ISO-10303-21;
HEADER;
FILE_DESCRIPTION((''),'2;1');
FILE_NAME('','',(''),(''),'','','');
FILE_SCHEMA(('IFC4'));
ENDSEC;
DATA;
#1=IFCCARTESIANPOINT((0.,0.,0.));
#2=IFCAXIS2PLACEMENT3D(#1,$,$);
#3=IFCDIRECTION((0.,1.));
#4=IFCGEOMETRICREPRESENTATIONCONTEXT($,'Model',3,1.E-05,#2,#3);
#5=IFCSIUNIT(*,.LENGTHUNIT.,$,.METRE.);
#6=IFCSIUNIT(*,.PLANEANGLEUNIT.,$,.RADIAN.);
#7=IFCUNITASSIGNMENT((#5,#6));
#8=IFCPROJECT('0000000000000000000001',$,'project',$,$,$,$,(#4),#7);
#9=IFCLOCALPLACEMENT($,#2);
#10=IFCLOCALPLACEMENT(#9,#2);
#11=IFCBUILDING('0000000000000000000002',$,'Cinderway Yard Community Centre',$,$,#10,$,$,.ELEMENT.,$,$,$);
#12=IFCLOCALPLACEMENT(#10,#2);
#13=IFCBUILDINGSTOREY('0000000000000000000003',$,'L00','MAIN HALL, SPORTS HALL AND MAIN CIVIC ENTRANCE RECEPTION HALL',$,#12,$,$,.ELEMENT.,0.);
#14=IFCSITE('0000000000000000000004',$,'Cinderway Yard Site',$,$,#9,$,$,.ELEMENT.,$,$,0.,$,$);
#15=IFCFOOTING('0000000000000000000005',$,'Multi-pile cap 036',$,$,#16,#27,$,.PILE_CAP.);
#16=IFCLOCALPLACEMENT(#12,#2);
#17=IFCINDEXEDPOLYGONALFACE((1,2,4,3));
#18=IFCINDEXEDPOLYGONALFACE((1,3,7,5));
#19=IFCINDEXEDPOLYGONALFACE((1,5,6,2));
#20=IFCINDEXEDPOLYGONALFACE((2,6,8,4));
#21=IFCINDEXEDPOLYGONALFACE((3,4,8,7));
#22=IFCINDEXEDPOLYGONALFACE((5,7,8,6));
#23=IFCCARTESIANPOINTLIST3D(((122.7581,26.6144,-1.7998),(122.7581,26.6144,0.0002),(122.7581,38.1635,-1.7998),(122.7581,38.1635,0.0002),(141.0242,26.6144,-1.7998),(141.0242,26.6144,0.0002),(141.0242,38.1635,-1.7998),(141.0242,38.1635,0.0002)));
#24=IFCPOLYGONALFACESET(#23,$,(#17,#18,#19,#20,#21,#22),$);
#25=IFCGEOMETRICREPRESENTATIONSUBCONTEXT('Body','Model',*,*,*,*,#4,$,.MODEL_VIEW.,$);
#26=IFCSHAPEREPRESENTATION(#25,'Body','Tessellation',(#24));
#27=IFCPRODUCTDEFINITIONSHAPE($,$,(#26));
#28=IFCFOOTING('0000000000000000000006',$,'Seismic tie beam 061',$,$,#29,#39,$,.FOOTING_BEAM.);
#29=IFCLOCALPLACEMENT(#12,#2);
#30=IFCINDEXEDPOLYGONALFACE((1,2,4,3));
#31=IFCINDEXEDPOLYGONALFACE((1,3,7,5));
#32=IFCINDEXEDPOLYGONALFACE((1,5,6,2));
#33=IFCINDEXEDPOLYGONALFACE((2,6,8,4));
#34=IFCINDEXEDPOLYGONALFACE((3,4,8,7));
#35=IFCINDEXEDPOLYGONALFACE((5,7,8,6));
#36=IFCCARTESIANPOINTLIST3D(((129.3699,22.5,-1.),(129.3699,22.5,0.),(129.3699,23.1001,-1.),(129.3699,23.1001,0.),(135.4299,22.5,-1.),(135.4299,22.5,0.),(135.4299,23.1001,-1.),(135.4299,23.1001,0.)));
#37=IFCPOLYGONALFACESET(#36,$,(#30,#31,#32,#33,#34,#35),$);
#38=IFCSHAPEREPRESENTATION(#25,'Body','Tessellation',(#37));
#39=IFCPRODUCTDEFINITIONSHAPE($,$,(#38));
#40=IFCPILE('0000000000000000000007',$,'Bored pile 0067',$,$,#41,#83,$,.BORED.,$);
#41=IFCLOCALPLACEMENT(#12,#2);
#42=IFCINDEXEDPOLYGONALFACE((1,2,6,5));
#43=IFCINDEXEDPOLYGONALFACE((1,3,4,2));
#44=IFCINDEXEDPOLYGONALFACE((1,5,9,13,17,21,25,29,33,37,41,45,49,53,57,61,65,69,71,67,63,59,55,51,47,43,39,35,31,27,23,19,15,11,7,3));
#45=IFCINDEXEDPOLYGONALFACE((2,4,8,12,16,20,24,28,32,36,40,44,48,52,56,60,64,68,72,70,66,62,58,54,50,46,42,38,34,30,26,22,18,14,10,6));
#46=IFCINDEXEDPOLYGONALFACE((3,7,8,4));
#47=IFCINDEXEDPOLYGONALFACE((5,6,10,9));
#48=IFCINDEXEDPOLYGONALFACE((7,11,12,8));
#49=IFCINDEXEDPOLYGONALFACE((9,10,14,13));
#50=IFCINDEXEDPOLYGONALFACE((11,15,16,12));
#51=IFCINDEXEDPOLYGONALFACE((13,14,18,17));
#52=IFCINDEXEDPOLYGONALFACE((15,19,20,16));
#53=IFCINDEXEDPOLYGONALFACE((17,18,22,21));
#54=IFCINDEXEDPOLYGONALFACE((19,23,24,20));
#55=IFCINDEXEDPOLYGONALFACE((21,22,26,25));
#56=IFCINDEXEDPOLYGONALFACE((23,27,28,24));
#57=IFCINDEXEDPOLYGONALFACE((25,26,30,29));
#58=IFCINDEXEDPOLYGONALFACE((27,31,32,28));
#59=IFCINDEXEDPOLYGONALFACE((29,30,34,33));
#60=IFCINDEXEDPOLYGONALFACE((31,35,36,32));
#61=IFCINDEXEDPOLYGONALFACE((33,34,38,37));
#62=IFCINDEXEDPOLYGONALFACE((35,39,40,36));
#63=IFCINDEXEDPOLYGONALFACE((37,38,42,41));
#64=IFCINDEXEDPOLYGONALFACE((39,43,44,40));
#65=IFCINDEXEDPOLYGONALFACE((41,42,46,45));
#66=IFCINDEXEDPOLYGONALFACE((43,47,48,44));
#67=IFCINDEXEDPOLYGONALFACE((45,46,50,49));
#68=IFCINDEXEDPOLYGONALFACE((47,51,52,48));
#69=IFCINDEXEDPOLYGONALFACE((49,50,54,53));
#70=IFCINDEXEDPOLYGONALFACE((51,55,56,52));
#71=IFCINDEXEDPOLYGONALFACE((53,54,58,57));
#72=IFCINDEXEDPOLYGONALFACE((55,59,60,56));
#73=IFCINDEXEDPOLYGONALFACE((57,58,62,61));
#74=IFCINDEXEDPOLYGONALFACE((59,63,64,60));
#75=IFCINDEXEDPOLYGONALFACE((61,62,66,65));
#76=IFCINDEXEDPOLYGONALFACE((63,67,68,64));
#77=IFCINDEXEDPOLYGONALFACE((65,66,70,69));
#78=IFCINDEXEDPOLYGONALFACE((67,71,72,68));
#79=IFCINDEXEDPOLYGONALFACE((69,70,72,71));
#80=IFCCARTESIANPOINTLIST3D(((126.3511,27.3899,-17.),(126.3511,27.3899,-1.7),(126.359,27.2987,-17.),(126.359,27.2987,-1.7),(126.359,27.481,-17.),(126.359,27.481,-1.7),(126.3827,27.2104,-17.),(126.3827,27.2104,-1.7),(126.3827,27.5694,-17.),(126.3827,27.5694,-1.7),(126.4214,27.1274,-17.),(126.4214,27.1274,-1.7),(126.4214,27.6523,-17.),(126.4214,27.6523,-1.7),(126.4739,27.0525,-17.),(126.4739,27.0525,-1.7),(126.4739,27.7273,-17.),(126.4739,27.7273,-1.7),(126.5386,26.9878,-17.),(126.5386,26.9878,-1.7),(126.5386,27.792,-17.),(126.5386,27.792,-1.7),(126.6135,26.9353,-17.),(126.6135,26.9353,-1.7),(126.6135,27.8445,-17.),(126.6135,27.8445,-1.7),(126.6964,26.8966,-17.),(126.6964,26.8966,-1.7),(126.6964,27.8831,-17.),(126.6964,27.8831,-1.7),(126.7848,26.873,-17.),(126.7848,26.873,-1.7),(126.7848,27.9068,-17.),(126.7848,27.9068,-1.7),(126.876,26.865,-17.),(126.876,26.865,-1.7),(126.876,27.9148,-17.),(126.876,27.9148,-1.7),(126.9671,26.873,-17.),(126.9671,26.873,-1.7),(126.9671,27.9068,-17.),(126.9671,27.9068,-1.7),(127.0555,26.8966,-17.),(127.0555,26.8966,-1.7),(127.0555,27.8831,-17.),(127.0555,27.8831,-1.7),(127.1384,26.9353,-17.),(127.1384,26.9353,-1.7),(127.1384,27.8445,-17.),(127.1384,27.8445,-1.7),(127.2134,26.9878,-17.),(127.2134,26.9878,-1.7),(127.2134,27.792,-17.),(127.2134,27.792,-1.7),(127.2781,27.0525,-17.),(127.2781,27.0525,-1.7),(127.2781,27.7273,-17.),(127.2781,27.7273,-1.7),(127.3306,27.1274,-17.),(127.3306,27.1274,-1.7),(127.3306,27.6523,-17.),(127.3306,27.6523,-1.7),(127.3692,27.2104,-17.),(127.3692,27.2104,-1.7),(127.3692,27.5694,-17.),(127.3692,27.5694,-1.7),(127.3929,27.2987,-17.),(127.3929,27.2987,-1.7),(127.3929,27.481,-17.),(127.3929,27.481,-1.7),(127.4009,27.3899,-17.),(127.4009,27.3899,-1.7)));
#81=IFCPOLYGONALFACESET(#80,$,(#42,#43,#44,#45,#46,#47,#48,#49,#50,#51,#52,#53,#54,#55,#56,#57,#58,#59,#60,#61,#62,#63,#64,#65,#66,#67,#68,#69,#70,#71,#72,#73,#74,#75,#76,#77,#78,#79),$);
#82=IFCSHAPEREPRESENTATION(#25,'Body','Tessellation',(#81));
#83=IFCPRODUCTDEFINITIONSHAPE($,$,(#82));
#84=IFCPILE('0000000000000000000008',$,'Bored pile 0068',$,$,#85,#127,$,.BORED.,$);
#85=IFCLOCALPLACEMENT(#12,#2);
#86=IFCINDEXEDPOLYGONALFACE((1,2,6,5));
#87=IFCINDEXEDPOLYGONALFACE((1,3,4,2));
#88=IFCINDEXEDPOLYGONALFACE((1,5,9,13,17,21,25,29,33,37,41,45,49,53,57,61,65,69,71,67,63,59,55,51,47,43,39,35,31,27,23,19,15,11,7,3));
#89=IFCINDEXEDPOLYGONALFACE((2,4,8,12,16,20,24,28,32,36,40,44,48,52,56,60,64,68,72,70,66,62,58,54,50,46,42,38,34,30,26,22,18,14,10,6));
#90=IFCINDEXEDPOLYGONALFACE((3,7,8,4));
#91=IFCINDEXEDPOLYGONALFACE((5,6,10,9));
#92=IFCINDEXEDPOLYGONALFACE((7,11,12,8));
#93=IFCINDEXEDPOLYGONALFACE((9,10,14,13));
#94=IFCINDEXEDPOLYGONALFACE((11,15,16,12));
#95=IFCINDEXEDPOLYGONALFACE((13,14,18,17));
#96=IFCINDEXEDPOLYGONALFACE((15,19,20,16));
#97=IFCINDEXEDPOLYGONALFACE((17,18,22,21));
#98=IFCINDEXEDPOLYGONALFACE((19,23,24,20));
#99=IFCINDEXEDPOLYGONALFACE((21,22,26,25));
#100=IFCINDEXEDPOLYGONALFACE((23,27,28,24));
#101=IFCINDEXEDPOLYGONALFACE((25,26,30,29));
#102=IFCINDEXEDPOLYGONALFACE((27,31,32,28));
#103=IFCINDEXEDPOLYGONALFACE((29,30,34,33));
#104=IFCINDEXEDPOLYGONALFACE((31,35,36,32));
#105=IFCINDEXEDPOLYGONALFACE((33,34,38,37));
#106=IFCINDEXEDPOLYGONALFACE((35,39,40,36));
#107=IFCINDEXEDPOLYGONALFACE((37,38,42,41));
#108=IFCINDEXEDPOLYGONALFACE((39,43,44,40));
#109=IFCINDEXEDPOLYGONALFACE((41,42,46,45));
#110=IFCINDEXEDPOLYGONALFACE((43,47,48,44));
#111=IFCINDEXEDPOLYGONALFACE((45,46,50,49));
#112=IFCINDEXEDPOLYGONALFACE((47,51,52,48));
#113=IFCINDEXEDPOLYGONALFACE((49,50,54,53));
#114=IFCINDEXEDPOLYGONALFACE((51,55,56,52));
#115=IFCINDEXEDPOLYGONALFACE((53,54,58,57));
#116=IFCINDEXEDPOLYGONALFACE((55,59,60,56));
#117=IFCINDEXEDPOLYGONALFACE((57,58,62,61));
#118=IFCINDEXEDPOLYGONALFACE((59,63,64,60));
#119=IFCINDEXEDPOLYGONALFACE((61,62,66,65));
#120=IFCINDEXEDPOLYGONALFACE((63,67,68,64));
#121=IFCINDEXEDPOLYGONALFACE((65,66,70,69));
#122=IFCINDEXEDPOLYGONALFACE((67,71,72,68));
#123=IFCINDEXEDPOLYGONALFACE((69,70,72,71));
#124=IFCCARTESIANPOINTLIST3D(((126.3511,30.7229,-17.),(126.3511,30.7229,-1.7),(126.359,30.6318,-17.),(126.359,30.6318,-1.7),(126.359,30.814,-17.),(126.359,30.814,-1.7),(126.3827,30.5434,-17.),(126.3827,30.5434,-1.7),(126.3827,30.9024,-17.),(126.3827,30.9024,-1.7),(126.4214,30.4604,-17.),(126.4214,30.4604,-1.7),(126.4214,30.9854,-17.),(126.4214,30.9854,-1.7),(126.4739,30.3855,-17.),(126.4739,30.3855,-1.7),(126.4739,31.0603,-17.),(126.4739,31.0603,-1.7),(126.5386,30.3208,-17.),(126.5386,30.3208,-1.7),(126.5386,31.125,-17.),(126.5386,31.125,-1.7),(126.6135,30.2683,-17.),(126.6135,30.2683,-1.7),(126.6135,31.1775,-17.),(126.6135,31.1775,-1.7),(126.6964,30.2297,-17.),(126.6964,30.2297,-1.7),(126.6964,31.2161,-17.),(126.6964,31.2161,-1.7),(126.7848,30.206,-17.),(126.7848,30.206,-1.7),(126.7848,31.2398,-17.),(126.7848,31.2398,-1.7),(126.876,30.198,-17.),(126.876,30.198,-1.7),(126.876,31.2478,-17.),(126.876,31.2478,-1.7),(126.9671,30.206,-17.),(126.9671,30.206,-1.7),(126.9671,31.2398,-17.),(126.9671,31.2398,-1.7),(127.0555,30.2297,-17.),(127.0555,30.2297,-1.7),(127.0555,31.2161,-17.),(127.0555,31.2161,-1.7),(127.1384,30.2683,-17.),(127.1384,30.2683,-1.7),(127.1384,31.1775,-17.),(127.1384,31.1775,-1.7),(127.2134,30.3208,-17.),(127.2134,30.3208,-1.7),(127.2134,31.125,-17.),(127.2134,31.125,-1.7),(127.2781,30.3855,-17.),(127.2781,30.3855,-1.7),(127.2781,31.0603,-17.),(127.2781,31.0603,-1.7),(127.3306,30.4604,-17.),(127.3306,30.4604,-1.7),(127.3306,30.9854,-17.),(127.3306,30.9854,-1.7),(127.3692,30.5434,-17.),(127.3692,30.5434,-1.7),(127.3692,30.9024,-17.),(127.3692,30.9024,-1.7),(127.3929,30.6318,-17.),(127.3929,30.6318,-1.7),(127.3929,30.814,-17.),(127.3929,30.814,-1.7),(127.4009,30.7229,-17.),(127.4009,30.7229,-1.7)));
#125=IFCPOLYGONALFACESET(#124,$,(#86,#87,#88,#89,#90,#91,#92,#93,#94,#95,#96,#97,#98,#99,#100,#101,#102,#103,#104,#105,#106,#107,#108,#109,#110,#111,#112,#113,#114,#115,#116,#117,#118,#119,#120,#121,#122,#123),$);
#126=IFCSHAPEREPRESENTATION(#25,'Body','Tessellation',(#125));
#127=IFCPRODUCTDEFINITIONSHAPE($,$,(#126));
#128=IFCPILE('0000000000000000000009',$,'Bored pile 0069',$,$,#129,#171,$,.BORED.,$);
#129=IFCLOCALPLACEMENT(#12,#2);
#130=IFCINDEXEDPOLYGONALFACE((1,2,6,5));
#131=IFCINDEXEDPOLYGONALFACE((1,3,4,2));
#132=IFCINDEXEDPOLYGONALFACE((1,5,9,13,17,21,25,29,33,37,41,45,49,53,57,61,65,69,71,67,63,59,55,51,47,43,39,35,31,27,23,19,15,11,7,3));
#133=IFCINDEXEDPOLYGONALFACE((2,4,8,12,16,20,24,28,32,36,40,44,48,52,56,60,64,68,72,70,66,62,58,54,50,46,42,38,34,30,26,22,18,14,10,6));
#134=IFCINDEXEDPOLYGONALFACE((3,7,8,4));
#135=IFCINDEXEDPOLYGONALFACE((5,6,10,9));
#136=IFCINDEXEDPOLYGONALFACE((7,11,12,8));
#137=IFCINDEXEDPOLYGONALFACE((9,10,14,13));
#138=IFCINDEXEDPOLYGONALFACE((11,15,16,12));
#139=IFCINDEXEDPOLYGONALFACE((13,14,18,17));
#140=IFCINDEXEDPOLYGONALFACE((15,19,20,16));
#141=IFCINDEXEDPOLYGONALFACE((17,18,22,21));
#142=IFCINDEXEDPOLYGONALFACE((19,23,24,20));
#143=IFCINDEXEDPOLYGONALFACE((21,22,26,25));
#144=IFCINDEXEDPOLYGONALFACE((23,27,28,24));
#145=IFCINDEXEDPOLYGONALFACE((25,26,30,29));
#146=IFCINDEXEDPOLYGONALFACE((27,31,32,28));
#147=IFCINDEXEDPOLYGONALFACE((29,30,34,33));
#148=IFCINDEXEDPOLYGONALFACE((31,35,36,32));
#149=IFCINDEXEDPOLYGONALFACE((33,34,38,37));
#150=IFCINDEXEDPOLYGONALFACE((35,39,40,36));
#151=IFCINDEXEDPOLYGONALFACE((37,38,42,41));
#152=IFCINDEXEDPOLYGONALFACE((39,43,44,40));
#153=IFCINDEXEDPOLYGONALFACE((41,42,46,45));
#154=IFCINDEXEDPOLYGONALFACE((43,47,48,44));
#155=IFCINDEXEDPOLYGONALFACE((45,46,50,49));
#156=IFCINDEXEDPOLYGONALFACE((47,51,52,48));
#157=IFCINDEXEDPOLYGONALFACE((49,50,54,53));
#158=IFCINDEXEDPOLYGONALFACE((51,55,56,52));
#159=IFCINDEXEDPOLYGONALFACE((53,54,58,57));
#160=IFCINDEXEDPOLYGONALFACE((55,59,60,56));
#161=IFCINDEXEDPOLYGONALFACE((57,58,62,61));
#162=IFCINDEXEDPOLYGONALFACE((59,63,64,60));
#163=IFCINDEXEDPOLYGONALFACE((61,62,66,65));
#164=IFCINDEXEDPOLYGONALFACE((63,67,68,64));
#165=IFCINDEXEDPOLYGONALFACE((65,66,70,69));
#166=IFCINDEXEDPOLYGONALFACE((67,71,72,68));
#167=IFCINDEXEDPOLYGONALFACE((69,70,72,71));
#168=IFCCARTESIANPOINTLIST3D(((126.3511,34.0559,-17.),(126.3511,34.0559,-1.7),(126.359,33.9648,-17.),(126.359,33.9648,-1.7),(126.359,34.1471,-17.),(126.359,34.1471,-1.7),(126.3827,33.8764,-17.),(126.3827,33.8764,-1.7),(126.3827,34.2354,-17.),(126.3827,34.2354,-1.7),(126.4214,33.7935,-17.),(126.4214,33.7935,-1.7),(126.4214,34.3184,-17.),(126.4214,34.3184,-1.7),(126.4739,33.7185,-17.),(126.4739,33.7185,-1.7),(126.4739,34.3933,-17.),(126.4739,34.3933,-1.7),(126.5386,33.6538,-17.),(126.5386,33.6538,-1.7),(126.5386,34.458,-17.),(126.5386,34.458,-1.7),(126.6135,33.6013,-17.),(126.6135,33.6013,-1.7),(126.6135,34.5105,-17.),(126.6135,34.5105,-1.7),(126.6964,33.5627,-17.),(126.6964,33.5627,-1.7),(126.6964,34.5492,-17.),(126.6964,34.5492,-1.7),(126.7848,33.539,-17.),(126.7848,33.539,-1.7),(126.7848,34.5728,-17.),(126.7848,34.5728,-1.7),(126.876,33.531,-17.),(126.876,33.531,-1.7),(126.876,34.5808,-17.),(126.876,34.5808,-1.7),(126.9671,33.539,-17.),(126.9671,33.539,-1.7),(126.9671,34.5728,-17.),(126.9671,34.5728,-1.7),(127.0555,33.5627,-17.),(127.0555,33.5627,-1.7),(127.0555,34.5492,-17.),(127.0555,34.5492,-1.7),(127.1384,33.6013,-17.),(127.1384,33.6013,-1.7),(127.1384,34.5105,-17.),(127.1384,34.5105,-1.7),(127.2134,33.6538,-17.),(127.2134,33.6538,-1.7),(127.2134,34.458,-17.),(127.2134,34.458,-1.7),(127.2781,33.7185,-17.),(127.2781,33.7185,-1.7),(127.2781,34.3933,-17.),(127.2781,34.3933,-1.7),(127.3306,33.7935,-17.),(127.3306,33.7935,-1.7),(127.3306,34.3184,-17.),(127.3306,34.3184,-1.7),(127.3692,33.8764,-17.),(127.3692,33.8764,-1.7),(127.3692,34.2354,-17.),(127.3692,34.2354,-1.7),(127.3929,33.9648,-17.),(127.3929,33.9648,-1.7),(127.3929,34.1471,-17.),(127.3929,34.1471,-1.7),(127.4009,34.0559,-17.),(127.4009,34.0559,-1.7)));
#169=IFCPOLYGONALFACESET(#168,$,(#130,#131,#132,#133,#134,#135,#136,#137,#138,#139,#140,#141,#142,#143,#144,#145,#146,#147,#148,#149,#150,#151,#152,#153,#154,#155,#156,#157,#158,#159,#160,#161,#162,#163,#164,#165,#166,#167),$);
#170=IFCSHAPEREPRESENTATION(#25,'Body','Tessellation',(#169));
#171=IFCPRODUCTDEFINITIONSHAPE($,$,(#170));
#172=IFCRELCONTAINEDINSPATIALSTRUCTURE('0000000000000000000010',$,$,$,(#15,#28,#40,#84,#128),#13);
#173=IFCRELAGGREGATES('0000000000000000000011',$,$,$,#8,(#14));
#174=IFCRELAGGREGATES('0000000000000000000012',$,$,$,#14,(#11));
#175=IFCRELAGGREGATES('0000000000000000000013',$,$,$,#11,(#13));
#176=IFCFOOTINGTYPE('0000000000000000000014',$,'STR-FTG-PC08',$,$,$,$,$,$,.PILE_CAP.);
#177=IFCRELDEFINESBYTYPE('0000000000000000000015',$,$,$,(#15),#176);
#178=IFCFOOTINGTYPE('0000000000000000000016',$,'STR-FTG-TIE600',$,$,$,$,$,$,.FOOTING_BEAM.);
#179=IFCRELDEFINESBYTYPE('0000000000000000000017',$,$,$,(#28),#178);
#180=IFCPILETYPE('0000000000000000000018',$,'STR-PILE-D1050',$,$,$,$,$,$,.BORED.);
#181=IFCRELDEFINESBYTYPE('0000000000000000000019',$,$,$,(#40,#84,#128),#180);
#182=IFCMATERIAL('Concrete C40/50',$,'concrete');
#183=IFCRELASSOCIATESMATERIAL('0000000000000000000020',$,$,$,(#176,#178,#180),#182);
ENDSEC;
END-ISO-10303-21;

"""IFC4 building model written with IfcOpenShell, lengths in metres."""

from ifc_helpers import new_model, si_unit, direction, frame, origin, origin_2d, place, context, subcontext, project, spatial, rectangle, circle, extrude, material, material_profile, profile_set, type_object, element, save


model = new_model("IFC4")

# Units and contexts
model_context = context("Model", 3, precision=1e-05, world=origin(), true_north=direction((0.0, 1.0)))
body_context = subcontext(model_context, "Body", "Model", "MODEL_VIEW")
ifc_project = project(units=[si_unit("LENGTHUNIT", "METRE"), si_unit("PLANEANGLEUNIT", "RADIAN")], contexts=[model_context])

# Site, building, storey
site_placement = place(None, origin())
site = spatial("IfcSite", under=ifc_project, at=site_placement, Name="Cinderway Yard Site", CompositionType="ELEMENT", RefElevation=0.0)
building_placement = place(site_placement, origin())
building = spatial("IfcBuilding", under=site, at=building_placement, Name="Cinderway Yard Community Centre", CompositionType="ELEMENT")
storey_placement = place(building_placement, origin())
storey = spatial("IfcBuildingStorey", under=building, at=storey_placement, Name="L00", Description="MAIN HALL, SPORTS HALL AND MAIN CIVIC ENTRANCE RECEPTION HALL", CompositionType="ELEMENT", Elevation=0.0)

# Footings
ifc_material_1 = material(Name="Concrete C40/50", Category="concrete")
footing_type_1 = type_object("IfcFootingType", Name="STR-FTG-PC08", PredefinedType="PILE_CAP", material=ifc_material_1)
footing_1_placement = place(storey_placement, frame((131.8911, 32.3889, -1.7998), z_axis=(0.0, 0.0, 1.0), x_axis=(1.0, 0.0, 0.0)))
element("IfcFooting", 1, at=footing_1_placement, inside=storey, type_object=footing_type_1, Name="Multi-pile cap 036", PredefinedType="PILE_CAP", context=body_context, shape_type="SweptSolid", body=[
    extrude(rectangle(XDim=18.2661, YDim=11.5491, at=origin_2d()), origin(), (0.0, 0.0, 1.0), 1.8),
])
footing_type_2 = type_object("IfcFootingType", Name="STR-FTG-TIE600", PredefinedType="FOOTING_BEAM", material=ifc_material_1)
footing_2_placement = place(storey_placement, frame((132.3999, 22.8, -1.0), z_axis=(0.0, 0.0, 1.0), x_axis=(1.0, 0.0, 0.0)))
element("IfcFooting", 2, at=footing_2_placement, inside=storey, type_object=footing_type_2, Name="Seismic tie beam 061", PredefinedType="FOOTING_BEAM", context=body_context, shape_type="SweptSolid", body=[
    extrude(rectangle(XDim=6.0601, YDim=0.6001, at=origin_2d()), origin(), (0.0, 0.0, 1.0), 1.0),
])

# Piles
ifc_material_profile_1 = material_profile(ifc_material_1, circle(Radius=0.5249, at=origin_2d()), Name="Concrete C40/50")
ifc_profile_set_1 = profile_set([ifc_material_profile_1], Name="Concrete C40/50")
pile_type = type_object("IfcPileType", Name="STR-PILE-D1050", PredefinedType="BORED", material=ifc_profile_set_1)
for number, where, z_axis, x_axis, name in (
    (3, (126.876, 27.3899, -1.7), (0.0, 0.0, -1.0), (1.0, 0.0, 0.0), "Bored pile 0067"),
    (4, (126.876, 30.7229, -1.7), (0.0, 0.0, -1.0), (1.0, 0.0, 0.0), "Bored pile 0068"),
    (5, (126.876, 34.0559, -1.7), (0.0, 0.0, -1.0), (1.0, 0.0, 0.0), "Bored pile 0069"),
):
    element("IfcPile", number, at=place(storey_placement, frame(where, z_axis=z_axis, x_axis=x_axis)), inside=storey, type_object=pile_type, Name=name, PredefinedType="BORED", context=body_context, shape_type="SweptSolid", body=[
        extrude(circle(Radius=0.5249, at=origin_2d()), origin(), (0.0, 0.0, 1.0), 15.3),
    ])

save(model, "model.ifc")
